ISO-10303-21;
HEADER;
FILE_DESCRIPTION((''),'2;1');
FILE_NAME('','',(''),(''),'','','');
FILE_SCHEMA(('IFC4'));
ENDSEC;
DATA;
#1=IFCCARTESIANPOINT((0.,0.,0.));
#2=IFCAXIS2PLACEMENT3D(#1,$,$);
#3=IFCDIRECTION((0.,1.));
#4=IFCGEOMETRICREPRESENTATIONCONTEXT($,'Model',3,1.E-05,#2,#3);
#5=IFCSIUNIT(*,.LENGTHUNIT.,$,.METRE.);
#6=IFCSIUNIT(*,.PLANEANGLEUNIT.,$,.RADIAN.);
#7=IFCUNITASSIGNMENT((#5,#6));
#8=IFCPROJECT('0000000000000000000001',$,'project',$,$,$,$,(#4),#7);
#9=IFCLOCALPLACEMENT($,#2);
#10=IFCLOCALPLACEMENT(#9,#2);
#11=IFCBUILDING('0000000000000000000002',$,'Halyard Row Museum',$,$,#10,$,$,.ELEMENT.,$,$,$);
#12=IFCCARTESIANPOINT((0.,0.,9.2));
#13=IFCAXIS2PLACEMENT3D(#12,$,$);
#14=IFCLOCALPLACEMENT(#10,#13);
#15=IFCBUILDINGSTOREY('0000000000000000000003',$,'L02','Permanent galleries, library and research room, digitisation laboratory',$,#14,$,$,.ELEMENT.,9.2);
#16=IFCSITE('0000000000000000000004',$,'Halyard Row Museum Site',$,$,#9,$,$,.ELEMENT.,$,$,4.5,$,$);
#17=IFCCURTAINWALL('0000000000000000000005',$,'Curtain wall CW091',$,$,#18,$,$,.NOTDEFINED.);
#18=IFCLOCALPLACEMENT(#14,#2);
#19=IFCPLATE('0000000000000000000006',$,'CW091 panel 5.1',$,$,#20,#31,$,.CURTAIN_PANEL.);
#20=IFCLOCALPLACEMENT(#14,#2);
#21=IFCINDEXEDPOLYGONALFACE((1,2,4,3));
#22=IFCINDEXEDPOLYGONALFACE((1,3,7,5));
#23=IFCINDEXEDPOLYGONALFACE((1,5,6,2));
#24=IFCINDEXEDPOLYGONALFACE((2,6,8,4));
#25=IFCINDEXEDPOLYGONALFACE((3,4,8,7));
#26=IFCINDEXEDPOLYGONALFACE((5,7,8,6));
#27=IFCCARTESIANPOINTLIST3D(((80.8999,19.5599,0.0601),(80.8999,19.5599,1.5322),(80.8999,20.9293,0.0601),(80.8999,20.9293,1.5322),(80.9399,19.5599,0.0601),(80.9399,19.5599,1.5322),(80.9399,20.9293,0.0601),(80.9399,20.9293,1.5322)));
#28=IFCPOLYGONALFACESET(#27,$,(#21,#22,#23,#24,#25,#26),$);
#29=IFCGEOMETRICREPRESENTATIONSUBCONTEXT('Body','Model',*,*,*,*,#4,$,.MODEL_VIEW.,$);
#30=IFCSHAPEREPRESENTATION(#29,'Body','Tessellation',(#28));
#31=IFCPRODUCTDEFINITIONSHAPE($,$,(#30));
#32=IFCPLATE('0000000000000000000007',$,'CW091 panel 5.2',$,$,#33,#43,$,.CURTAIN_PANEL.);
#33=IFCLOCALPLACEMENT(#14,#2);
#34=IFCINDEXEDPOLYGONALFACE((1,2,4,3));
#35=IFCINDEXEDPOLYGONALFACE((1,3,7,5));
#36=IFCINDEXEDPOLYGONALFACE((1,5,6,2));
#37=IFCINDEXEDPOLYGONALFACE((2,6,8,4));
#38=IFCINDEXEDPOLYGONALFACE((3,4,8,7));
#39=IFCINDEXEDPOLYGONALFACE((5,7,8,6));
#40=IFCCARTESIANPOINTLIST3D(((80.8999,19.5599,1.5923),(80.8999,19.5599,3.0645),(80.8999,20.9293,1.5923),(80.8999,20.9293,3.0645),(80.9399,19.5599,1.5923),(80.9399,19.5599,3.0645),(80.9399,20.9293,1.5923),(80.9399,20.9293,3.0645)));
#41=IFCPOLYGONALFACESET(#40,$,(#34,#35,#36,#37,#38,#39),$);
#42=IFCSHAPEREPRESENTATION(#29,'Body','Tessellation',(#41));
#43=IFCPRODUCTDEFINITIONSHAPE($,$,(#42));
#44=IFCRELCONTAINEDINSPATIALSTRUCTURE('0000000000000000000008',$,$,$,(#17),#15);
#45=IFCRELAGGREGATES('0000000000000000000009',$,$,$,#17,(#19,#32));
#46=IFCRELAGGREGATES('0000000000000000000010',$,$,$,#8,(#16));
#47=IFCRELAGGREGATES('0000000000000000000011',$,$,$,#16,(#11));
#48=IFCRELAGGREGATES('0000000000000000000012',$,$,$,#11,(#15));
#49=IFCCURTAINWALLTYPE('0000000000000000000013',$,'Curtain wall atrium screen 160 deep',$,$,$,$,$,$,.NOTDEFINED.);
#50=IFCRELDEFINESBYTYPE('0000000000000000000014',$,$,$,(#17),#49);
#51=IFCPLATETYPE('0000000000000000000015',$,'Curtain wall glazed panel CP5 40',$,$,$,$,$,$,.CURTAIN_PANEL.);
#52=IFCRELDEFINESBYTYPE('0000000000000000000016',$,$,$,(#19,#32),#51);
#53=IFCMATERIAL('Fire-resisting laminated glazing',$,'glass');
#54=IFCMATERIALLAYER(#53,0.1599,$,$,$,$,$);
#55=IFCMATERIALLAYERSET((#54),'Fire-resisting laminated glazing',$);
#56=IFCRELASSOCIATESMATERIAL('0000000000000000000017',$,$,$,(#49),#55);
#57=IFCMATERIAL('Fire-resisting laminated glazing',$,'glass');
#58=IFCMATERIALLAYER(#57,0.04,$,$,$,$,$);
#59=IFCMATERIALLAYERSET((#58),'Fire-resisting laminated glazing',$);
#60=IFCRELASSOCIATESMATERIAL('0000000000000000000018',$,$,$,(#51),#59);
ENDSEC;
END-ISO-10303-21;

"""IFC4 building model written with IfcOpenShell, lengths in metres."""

from ifc_helpers import new_model, si_unit, direction, frame, origin, origin_2d, place, context, subcontext, project, spatial, rectangle, extrude, material, layer, layer_set, type_object, element, aggregate, save


model = new_model("IFC4")

# Units and contexts
model_context = context("Model", 3, precision=1e-05, world=origin(), true_north=direction((0.0, 1.0)))
body_context = subcontext(model_context, "Body", "Model", "MODEL_VIEW")
ifc_project = project(units=[si_unit("LENGTHUNIT", "METRE"), si_unit("PLANEANGLEUNIT", "RADIAN")], contexts=[model_context])

# Site, building, storey
site_placement = place(None, origin())
site = spatial("IfcSite", under=ifc_project, at=site_placement, Name="Halyard Row Museum Site", CompositionType="ELEMENT", RefElevation=4.5)
building_placement = place(site_placement, origin())
building = spatial("IfcBuilding", under=site, at=building_placement, Name="Halyard Row Museum", CompositionType="ELEMENT")
storey_placement = place(building_placement, frame((0.0, 0.0, 9.2)))
storey = spatial("IfcBuildingStorey", under=building, at=storey_placement, Name="L02", Description="Permanent galleries, library and research room, digitisation laboratory", CompositionType="ELEMENT", Elevation=9.2)

# Curtain wall
ifc_material_1 = material(Name="Fire-resisting laminated glazing", Category="glass")
ifc_layer_1 = layer(ifc_material_1, 0.1599)
ifc_layer_set_1 = layer_set([ifc_layer_1], Name="Fire-resisting laminated glazing")
curtain_wall_type = type_object("IfcCurtainWallType", Name="Curtain wall atrium screen 160 deep", PredefinedType="NOTDEFINED", material=ifc_layer_set_1)
curtain_wall_placement = place(storey_placement, origin())
curtain_wall = element("IfcCurtainWall", 1, at=curtain_wall_placement, inside=storey, type_object=curtain_wall_type, Name="Curtain wall CW091", PredefinedType="NOTDEFINED")

# Plates
ifc_material_2 = material(Name="Fire-resisting laminated glazing", Category="glass")
ifc_layer_2 = layer(ifc_material_2, 0.04)
ifc_layer_set_2 = layer_set([ifc_layer_2], Name="Fire-resisting laminated glazing")
plate_type = type_object("IfcPlateType", Name="Curtain wall glazed panel CP5 40", PredefinedType="CURTAIN_PANEL", material=ifc_layer_set_2)
plate_1_placement = place(storey_placement, frame((80.9199, 20.2446, 0.0601), z_axis=(0.0, 0.0, 1.0), x_axis=(0.0, -1.0, 0.0)))
plate_1 = element("IfcPlate", 2, at=plate_1_placement, type_object=plate_type, Name="CW091 panel 5.1", PredefinedType="CURTAIN_PANEL", context=body_context, shape_type="SweptSolid", body=[
    extrude(rectangle(XDim=1.3694, YDim=0.04, at=origin_2d()), origin(), (0.0, 0.0, 1.0), 1.4722),
])
plate_2_placement = place(storey_placement, frame((80.9199, 20.2446, 1.5923), z_axis=(0.0, 0.0, 1.0), x_axis=(0.0, -1.0, 0.0)))
plate_2 = element("IfcPlate", 3, at=plate_2_placement, type_object=plate_type, Name="CW091 panel 5.2", PredefinedType="CURTAIN_PANEL", context=body_context, shape_type="SweptSolid", body=[
    extrude(rectangle(XDim=1.3694, YDim=0.04, at=origin_2d()), origin(), (0.0, 0.0, 1.0), 1.4722),
])
aggregate(curtain_wall, [plate_1, plate_2])

save(model, "model.ifc")
